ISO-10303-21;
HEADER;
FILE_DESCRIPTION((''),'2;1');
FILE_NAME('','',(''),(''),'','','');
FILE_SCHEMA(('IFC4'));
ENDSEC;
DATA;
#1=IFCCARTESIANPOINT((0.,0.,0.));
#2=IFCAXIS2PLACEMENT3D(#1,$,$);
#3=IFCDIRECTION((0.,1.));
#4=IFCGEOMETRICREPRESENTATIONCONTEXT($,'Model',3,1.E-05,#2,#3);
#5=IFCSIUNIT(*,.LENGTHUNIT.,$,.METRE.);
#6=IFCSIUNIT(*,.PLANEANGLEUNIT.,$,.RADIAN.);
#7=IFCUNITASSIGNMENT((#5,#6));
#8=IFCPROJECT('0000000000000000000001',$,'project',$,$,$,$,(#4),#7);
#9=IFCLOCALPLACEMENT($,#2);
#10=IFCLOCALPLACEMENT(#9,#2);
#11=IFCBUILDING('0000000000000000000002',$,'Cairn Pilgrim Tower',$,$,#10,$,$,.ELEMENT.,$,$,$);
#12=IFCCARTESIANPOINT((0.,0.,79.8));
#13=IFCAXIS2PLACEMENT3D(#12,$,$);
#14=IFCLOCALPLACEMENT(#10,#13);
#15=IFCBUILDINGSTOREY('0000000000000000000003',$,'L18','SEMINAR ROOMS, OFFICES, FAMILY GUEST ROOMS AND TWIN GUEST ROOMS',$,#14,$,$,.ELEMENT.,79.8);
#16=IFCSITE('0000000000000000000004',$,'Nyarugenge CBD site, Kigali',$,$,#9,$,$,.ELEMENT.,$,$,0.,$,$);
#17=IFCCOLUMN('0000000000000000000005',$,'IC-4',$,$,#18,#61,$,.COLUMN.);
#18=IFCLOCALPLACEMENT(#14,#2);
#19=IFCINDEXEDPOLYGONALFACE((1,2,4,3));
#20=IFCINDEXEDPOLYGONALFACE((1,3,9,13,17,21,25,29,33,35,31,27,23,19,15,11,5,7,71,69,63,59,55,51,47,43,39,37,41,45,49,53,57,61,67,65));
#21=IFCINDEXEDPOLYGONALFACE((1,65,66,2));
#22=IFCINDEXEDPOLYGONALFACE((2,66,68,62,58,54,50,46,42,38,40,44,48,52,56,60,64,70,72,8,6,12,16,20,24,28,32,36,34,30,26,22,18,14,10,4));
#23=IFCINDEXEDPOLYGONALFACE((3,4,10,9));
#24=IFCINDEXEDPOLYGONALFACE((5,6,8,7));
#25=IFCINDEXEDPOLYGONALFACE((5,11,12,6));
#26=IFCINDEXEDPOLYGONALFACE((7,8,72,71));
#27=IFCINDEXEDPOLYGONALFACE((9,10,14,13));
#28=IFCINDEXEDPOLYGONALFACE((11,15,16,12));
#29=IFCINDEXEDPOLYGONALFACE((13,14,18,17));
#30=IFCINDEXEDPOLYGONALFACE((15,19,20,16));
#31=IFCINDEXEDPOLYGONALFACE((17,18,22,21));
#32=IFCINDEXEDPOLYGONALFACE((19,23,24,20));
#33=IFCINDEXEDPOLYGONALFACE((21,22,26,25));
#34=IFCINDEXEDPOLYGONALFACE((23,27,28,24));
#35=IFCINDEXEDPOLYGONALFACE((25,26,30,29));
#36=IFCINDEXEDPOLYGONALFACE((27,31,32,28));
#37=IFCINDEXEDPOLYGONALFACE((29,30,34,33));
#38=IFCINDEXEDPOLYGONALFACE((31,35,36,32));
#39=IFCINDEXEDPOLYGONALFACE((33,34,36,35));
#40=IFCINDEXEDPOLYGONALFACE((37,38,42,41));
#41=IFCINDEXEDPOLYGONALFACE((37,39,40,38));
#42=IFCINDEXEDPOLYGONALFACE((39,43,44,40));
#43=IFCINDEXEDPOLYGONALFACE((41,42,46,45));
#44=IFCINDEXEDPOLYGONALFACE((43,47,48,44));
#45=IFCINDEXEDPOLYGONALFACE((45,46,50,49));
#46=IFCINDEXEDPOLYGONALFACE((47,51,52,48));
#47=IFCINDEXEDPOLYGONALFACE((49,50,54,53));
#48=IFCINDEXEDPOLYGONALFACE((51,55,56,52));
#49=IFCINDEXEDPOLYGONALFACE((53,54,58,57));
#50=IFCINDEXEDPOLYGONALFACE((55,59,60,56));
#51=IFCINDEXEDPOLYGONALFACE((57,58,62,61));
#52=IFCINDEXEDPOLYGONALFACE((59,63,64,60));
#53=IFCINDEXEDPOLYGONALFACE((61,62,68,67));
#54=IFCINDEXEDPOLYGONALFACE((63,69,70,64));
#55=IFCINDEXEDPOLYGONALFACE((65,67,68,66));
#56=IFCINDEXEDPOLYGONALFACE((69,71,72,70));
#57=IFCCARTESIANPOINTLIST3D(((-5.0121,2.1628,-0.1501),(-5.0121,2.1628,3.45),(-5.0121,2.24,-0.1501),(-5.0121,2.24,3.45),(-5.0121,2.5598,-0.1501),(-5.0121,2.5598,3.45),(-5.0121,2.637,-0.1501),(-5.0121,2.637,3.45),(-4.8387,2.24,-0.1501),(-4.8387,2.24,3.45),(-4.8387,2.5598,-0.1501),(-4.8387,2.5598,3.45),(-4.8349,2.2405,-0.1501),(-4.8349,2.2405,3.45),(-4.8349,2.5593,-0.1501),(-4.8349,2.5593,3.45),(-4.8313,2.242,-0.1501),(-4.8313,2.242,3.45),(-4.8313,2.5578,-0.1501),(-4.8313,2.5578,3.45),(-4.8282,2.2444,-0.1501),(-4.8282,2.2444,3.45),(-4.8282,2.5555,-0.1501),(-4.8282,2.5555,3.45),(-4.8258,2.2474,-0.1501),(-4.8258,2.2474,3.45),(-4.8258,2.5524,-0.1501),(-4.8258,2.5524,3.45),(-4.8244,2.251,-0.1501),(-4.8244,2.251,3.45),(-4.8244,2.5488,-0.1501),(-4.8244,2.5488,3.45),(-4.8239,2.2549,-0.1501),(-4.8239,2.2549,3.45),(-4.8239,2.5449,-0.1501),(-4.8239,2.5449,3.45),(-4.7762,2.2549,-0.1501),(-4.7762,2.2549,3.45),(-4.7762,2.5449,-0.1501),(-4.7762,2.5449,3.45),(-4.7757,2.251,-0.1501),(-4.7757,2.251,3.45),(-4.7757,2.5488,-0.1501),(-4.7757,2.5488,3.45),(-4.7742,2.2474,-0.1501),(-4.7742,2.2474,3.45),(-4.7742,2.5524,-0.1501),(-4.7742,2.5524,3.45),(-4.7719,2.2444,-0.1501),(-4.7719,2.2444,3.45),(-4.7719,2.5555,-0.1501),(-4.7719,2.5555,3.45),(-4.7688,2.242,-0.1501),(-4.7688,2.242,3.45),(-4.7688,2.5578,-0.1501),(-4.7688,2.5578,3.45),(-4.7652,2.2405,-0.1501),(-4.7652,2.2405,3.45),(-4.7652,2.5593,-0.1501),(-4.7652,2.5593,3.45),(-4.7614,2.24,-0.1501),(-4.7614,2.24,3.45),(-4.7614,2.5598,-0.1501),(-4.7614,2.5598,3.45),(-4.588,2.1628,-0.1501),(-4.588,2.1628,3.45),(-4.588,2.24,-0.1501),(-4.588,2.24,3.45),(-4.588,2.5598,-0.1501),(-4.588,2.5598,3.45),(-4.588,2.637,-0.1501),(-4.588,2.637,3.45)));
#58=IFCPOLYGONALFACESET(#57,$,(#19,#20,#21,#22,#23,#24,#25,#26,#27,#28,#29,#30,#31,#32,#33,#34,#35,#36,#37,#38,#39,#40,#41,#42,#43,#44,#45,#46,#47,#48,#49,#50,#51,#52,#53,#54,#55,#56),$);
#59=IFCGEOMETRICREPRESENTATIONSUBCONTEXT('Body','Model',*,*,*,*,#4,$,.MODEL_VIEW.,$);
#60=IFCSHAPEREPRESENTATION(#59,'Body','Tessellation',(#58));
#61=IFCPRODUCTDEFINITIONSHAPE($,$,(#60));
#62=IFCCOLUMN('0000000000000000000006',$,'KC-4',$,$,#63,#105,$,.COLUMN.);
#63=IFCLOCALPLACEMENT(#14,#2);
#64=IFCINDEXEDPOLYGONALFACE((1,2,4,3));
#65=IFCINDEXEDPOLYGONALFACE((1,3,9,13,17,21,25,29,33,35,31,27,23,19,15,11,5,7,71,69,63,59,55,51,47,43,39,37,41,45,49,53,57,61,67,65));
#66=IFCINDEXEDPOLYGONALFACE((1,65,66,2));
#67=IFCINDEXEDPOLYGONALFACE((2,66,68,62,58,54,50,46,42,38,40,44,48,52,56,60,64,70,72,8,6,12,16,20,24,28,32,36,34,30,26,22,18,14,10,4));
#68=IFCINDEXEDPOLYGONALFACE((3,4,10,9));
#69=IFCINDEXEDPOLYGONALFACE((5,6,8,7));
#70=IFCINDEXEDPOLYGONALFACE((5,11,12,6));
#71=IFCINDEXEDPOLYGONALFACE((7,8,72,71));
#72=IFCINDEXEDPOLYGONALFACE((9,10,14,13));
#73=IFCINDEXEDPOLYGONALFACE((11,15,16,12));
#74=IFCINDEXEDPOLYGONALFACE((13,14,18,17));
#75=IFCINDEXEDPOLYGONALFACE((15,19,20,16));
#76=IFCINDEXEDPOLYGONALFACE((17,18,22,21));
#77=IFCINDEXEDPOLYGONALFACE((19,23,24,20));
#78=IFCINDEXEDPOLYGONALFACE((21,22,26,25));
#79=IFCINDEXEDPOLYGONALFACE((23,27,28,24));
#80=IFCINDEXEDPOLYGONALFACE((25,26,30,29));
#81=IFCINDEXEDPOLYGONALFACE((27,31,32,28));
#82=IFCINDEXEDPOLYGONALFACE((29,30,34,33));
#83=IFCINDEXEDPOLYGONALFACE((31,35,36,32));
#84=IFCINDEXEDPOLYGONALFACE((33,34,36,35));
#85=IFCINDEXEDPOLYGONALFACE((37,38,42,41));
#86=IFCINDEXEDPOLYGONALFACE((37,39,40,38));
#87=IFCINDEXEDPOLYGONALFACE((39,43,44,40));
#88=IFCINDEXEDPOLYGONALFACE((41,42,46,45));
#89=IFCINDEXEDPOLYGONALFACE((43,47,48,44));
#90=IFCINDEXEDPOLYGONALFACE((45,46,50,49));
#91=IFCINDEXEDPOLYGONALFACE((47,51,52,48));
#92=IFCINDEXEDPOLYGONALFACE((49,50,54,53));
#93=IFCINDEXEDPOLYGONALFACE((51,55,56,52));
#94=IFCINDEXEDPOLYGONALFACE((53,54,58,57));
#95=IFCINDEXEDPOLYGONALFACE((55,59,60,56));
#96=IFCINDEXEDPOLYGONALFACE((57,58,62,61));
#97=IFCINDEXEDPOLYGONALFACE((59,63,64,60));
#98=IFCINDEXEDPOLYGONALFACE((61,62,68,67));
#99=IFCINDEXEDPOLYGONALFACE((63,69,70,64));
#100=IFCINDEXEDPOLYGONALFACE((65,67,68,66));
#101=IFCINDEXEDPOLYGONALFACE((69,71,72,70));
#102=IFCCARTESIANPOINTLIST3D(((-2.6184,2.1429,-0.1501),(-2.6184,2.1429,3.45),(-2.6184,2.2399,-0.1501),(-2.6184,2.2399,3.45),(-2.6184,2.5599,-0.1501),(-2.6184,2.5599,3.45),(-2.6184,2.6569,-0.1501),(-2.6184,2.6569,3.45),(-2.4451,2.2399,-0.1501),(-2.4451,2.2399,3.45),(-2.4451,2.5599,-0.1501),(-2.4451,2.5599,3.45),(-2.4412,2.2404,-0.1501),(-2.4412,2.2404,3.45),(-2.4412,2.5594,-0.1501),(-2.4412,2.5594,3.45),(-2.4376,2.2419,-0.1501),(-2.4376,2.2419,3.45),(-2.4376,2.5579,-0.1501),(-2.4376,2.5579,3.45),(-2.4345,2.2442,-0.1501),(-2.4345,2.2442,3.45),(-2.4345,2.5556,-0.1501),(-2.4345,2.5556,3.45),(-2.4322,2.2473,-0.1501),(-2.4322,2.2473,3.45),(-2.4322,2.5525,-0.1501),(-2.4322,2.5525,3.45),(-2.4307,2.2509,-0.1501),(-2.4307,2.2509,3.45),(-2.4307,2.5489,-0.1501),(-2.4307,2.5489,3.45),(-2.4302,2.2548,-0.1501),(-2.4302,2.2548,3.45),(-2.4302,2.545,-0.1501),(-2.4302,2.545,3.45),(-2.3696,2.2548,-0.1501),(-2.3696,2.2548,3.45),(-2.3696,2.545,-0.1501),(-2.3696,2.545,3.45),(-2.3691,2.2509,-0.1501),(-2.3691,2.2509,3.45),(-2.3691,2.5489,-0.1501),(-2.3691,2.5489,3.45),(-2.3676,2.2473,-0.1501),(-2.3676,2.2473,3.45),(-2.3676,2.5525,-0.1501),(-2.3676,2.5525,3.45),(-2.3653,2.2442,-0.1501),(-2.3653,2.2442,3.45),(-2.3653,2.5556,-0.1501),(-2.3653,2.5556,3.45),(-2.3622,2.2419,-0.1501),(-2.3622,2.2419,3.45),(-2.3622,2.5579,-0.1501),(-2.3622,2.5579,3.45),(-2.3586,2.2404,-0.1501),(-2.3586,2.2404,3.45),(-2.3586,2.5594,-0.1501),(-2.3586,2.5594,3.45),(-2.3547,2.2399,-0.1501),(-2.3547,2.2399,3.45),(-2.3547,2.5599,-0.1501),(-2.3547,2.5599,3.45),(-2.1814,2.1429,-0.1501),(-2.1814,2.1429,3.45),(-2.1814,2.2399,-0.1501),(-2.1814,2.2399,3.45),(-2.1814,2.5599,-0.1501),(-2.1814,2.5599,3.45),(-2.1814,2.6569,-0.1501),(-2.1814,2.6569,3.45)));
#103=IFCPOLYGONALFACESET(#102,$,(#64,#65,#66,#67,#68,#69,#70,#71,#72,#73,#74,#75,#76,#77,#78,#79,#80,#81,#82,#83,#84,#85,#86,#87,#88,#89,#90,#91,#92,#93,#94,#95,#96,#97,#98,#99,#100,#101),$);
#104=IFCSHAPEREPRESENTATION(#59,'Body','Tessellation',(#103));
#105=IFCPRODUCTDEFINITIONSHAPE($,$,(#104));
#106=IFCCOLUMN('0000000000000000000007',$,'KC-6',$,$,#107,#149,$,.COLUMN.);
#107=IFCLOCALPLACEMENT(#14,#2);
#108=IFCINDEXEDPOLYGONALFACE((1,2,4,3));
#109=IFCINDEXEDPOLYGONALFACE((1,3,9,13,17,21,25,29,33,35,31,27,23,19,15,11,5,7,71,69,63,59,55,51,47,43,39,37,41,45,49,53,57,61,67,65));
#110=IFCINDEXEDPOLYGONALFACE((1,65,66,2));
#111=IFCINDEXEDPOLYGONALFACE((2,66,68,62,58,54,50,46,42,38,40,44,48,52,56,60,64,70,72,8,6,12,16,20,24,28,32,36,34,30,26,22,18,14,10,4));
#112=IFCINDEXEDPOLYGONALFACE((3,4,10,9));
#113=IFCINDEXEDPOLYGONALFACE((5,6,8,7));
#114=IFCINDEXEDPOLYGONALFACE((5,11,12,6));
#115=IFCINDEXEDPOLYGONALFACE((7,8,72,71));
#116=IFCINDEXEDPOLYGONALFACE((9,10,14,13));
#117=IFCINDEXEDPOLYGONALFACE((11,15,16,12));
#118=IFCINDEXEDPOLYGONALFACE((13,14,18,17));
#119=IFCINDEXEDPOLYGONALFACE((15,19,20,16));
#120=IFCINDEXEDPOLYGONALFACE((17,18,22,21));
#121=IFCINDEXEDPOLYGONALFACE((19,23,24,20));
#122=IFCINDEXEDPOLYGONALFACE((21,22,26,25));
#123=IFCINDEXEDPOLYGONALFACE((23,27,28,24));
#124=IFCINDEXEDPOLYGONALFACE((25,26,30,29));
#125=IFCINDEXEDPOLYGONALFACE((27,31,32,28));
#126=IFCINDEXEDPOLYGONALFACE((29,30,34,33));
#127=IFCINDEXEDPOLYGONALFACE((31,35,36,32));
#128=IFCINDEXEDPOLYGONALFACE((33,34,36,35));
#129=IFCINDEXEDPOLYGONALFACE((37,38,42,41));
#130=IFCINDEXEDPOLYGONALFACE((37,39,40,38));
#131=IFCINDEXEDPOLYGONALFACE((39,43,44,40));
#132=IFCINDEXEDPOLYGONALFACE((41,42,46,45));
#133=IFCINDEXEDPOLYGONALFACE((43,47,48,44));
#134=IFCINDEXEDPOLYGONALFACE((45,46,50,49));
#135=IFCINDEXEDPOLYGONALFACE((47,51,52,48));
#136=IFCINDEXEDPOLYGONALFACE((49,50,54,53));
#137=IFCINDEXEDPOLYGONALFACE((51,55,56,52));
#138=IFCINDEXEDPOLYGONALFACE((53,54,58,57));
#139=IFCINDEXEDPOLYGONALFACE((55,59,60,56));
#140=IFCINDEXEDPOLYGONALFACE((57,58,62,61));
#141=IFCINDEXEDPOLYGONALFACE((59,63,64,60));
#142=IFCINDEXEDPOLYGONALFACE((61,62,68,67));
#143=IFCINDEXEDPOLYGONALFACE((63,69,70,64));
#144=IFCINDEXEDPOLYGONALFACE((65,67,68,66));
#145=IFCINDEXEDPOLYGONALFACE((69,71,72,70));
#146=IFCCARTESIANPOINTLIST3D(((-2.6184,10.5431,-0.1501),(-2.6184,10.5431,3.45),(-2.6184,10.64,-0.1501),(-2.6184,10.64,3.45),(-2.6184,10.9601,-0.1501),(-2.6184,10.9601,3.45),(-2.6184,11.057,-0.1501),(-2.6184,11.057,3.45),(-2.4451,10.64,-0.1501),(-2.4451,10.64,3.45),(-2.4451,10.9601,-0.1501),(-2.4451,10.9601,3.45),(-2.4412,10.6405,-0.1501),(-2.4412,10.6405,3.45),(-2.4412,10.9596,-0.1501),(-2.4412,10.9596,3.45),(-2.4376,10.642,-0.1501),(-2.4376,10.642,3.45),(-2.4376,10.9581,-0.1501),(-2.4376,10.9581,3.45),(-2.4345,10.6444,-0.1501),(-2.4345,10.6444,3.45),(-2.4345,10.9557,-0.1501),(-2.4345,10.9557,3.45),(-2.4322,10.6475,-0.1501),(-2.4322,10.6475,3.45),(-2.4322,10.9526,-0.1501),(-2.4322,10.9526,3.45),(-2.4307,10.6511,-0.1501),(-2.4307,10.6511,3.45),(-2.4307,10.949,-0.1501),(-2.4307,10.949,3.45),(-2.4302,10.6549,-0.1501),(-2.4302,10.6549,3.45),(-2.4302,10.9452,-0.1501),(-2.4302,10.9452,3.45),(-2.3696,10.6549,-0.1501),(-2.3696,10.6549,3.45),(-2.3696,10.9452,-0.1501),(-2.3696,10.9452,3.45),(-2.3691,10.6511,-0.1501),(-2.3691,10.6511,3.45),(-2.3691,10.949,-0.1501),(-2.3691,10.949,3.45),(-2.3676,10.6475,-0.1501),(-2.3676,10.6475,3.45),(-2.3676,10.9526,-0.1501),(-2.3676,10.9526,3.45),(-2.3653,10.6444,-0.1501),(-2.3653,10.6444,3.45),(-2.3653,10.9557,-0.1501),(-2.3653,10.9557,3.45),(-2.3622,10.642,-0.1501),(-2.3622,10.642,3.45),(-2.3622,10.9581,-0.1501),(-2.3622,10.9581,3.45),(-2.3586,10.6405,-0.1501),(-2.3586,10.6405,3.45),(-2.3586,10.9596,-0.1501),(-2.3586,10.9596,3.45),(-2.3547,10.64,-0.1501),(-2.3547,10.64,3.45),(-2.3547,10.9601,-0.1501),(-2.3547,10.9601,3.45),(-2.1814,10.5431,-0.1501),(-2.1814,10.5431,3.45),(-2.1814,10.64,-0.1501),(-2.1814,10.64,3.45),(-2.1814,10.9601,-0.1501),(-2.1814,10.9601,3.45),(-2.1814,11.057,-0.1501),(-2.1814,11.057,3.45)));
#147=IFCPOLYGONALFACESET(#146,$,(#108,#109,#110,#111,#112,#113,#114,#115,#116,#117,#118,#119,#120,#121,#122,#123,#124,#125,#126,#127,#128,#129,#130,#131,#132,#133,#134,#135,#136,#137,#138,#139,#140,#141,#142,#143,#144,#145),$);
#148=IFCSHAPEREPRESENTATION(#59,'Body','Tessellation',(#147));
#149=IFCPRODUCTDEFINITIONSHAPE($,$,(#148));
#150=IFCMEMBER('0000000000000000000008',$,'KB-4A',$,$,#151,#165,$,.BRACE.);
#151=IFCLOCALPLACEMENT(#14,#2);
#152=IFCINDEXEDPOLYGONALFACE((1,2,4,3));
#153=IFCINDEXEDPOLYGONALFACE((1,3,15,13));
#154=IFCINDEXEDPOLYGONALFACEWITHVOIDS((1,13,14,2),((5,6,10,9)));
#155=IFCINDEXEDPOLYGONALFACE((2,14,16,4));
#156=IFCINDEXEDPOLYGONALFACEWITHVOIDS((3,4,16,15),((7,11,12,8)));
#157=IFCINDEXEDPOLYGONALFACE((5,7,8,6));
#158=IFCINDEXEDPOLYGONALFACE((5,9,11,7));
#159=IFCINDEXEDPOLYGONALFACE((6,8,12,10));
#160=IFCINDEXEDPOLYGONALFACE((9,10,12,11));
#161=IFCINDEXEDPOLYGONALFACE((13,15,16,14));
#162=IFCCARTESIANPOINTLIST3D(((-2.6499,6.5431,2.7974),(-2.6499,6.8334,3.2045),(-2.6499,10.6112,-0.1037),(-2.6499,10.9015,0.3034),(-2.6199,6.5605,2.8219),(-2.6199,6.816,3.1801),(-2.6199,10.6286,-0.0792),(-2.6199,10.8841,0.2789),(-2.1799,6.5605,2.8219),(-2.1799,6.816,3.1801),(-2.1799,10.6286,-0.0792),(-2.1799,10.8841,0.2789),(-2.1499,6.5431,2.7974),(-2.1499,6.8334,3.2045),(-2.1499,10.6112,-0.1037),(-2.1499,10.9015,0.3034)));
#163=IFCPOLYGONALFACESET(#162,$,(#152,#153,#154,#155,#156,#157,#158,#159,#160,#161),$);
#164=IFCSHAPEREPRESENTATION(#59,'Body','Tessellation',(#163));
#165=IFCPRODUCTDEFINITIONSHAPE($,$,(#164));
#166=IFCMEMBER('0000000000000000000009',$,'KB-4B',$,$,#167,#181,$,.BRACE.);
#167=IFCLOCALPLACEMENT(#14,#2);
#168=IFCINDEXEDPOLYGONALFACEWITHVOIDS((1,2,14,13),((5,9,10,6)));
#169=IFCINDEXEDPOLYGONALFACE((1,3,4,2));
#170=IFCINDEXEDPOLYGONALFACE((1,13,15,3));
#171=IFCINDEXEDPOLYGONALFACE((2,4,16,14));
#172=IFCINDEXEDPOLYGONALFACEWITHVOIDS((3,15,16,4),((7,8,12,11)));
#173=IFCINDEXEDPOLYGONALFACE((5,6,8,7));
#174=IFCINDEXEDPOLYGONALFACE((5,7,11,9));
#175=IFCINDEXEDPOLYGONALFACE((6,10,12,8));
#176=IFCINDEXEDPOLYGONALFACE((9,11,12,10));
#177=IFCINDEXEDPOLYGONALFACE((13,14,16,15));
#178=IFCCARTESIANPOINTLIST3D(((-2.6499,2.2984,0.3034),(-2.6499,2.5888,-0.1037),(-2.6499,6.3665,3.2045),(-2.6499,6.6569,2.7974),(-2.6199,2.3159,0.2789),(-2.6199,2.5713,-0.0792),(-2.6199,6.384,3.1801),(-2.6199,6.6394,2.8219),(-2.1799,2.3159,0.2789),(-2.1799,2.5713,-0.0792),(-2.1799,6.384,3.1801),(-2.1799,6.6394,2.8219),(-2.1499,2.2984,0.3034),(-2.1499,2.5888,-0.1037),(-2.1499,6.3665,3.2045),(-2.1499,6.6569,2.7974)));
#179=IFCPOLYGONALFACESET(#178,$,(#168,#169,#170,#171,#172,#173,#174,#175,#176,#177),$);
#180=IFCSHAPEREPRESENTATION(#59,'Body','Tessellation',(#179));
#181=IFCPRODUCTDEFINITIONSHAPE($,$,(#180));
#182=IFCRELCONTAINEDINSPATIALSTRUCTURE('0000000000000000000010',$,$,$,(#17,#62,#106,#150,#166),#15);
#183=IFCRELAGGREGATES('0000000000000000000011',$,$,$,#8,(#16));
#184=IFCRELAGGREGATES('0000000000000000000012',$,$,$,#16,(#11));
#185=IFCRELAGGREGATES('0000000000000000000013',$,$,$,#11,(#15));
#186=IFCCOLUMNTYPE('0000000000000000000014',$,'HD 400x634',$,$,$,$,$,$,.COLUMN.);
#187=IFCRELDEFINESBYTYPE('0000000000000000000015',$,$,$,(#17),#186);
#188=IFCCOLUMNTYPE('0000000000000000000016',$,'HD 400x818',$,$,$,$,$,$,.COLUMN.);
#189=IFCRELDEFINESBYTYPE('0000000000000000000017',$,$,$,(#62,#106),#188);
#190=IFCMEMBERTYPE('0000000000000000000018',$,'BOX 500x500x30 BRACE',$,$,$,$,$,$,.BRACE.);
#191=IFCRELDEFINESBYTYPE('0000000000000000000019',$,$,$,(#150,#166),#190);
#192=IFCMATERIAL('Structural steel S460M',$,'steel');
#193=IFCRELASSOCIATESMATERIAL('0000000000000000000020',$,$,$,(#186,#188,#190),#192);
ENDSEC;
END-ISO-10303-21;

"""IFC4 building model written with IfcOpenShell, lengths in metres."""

from ifc_helpers import new_model, si_unit, direction, frame, origin, origin_2d, place, context, subcontext, project, spatial, hollow_rectangle, i_section, extrude, material, material_profile, profile_set, type_object, element, save


model = new_model("IFC4")

# Units and contexts
model_context = context("Model", 3, precision=1e-05, world=origin(), true_north=direction((0.0, 1.0)))
body_context = subcontext(model_context, "Body", "Model", "MODEL_VIEW")
ifc_project = project(units=[si_unit("LENGTHUNIT", "METRE"), si_unit("PLANEANGLEUNIT", "RADIAN")], contexts=[model_context])

# Site, building, storey
site_placement = place(None, origin())
site = spatial("IfcSite", under=ifc_project, at=site_placement, Name="Nyarugenge CBD site, Kigali", CompositionType="ELEMENT", RefElevation=0.0)
building_placement = place(site_placement, origin())
building = spatial("IfcBuilding", under=site, at=building_placement, Name="Cairn Pilgrim Tower", CompositionType="ELEMENT")
storey_placement = place(building_placement, frame((0.0, 0.0, 79.8)))
storey = spatial("IfcBuildingStorey", under=building, at=storey_placement, Name="L18", Description="SEMINAR ROOMS, OFFICES, FAMILY GUEST ROOMS AND TWIN GUEST ROOMS", CompositionType="ELEMENT", Elevation=79.8)

# Columns
ifc_material_1 = material(Name="Structural steel S460M", Category="steel")
ifc_material_profile_1 = material_profile(ifc_material_1, i_section(OverallWidth=0.4241, OverallDepth=0.4741, WebThickness=0.0476, FlangeThickness=0.0771, FilletRadius=0.0149, at=origin_2d()), Name="HD 400x634")
ifc_profile_set_1 = profile_set([ifc_material_profile_1], Name="Structural steel S460M")
column_type_1 = type_object("IfcColumnType", Name="HD 400x634", PredefinedType="COLUMN", material=ifc_profile_set_1)
column_placement = place(storey_placement, frame((-4.8, 2.3999, -0.1501), z_axis=(0.0, 0.0, 1.0), x_axis=(1.0, 0.0, 0.0)))
element("IfcColumn", 1, at=column_placement, inside=storey, type_object=column_type_1, Name="IC-4", PredefinedType="COLUMN", context=body_context, shape_type="SweptSolid", body=[
    extrude(i_section(OverallWidth=0.4241, OverallDepth=0.4741, WebThickness=0.0476, FlangeThickness=0.0771, FilletRadius=0.0149, at=origin_2d()), origin(), (0.0, 0.0, 1.0), 3.6001),
])
ifc_material_profile_2 = material_profile(ifc_material_1, i_section(OverallWidth=0.437, OverallDepth=0.5139, WebThickness=0.0605, FlangeThickness=0.0969, FilletRadius=0.0149, at=origin_2d()), Name="HD 400x818")
ifc_profile_set_2 = profile_set([ifc_material_profile_2], Name="Structural steel S460M")
column_type_2 = type_object("IfcColumnType", Name="HD 400x818", PredefinedType="COLUMN", material=ifc_profile_set_2)
for number, where, z_axis, x_axis, name in (
    (2, (-2.3999, 2.3999, -0.1501), (0.0, 0.0, 1.0), (1.0, 0.0, 0.0), "KC-4"),
    (3, (-2.3999, 10.8, -0.1501), (0.0, 0.0, 1.0), (1.0, 0.0, 0.0), "KC-6"),
):
    element("IfcColumn", number, at=place(storey_placement, frame(where, z_axis=z_axis, x_axis=x_axis)), inside=storey, type_object=column_type_2, Name=name, PredefinedType="COLUMN", context=body_context, shape_type="SweptSolid", body=[
        extrude(i_section(OverallWidth=0.437, OverallDepth=0.5139, WebThickness=0.0605, FlangeThickness=0.0969, FilletRadius=0.0149, at=origin_2d()), origin(), (0.0, 0.0, 1.0), 3.6001),
    ])

# Members
ifc_material_profile_3 = material_profile(ifc_material_1, hollow_rectangle(XDim=0.5, YDim=0.5, WallThickness=0.03, at=origin_2d()), Name="BOX 500x500x30")
ifc_profile_set_3 = profile_set([ifc_material_profile_3], Name="Structural steel S460M")
member_type = type_object("IfcMemberType", Name="BOX 500x500x30 BRACE", PredefinedType="BRACE", material=ifc_profile_set_3)
for number, where, z_axis, x_axis, name in (
    (4, (-2.3999, 10.7563, 0.0999), (0.0, -0.814176, 0.580619), (1.0, 0.0, 0.0), "KB-4A"),
    (5, (-2.3999, 2.4436, 0.0999), (0.0, 0.814176, 0.580619), (-1.0, 0.0, 0.0), "KB-4B"),
):
    element("IfcMember", number, at=place(storey_placement, frame(where, z_axis=z_axis, x_axis=x_axis)), inside=storey, type_object=member_type, Name=name, PredefinedType="BRACE", context=body_context, shape_type="SweptSolid", body=[
        extrude(hollow_rectangle(XDim=0.5, YDim=0.5, WallThickness=0.03, at=origin_2d()), origin(), (0.0, 0.0, 1.0), 4.9966),
    ])

save(model, "model.ifc")
